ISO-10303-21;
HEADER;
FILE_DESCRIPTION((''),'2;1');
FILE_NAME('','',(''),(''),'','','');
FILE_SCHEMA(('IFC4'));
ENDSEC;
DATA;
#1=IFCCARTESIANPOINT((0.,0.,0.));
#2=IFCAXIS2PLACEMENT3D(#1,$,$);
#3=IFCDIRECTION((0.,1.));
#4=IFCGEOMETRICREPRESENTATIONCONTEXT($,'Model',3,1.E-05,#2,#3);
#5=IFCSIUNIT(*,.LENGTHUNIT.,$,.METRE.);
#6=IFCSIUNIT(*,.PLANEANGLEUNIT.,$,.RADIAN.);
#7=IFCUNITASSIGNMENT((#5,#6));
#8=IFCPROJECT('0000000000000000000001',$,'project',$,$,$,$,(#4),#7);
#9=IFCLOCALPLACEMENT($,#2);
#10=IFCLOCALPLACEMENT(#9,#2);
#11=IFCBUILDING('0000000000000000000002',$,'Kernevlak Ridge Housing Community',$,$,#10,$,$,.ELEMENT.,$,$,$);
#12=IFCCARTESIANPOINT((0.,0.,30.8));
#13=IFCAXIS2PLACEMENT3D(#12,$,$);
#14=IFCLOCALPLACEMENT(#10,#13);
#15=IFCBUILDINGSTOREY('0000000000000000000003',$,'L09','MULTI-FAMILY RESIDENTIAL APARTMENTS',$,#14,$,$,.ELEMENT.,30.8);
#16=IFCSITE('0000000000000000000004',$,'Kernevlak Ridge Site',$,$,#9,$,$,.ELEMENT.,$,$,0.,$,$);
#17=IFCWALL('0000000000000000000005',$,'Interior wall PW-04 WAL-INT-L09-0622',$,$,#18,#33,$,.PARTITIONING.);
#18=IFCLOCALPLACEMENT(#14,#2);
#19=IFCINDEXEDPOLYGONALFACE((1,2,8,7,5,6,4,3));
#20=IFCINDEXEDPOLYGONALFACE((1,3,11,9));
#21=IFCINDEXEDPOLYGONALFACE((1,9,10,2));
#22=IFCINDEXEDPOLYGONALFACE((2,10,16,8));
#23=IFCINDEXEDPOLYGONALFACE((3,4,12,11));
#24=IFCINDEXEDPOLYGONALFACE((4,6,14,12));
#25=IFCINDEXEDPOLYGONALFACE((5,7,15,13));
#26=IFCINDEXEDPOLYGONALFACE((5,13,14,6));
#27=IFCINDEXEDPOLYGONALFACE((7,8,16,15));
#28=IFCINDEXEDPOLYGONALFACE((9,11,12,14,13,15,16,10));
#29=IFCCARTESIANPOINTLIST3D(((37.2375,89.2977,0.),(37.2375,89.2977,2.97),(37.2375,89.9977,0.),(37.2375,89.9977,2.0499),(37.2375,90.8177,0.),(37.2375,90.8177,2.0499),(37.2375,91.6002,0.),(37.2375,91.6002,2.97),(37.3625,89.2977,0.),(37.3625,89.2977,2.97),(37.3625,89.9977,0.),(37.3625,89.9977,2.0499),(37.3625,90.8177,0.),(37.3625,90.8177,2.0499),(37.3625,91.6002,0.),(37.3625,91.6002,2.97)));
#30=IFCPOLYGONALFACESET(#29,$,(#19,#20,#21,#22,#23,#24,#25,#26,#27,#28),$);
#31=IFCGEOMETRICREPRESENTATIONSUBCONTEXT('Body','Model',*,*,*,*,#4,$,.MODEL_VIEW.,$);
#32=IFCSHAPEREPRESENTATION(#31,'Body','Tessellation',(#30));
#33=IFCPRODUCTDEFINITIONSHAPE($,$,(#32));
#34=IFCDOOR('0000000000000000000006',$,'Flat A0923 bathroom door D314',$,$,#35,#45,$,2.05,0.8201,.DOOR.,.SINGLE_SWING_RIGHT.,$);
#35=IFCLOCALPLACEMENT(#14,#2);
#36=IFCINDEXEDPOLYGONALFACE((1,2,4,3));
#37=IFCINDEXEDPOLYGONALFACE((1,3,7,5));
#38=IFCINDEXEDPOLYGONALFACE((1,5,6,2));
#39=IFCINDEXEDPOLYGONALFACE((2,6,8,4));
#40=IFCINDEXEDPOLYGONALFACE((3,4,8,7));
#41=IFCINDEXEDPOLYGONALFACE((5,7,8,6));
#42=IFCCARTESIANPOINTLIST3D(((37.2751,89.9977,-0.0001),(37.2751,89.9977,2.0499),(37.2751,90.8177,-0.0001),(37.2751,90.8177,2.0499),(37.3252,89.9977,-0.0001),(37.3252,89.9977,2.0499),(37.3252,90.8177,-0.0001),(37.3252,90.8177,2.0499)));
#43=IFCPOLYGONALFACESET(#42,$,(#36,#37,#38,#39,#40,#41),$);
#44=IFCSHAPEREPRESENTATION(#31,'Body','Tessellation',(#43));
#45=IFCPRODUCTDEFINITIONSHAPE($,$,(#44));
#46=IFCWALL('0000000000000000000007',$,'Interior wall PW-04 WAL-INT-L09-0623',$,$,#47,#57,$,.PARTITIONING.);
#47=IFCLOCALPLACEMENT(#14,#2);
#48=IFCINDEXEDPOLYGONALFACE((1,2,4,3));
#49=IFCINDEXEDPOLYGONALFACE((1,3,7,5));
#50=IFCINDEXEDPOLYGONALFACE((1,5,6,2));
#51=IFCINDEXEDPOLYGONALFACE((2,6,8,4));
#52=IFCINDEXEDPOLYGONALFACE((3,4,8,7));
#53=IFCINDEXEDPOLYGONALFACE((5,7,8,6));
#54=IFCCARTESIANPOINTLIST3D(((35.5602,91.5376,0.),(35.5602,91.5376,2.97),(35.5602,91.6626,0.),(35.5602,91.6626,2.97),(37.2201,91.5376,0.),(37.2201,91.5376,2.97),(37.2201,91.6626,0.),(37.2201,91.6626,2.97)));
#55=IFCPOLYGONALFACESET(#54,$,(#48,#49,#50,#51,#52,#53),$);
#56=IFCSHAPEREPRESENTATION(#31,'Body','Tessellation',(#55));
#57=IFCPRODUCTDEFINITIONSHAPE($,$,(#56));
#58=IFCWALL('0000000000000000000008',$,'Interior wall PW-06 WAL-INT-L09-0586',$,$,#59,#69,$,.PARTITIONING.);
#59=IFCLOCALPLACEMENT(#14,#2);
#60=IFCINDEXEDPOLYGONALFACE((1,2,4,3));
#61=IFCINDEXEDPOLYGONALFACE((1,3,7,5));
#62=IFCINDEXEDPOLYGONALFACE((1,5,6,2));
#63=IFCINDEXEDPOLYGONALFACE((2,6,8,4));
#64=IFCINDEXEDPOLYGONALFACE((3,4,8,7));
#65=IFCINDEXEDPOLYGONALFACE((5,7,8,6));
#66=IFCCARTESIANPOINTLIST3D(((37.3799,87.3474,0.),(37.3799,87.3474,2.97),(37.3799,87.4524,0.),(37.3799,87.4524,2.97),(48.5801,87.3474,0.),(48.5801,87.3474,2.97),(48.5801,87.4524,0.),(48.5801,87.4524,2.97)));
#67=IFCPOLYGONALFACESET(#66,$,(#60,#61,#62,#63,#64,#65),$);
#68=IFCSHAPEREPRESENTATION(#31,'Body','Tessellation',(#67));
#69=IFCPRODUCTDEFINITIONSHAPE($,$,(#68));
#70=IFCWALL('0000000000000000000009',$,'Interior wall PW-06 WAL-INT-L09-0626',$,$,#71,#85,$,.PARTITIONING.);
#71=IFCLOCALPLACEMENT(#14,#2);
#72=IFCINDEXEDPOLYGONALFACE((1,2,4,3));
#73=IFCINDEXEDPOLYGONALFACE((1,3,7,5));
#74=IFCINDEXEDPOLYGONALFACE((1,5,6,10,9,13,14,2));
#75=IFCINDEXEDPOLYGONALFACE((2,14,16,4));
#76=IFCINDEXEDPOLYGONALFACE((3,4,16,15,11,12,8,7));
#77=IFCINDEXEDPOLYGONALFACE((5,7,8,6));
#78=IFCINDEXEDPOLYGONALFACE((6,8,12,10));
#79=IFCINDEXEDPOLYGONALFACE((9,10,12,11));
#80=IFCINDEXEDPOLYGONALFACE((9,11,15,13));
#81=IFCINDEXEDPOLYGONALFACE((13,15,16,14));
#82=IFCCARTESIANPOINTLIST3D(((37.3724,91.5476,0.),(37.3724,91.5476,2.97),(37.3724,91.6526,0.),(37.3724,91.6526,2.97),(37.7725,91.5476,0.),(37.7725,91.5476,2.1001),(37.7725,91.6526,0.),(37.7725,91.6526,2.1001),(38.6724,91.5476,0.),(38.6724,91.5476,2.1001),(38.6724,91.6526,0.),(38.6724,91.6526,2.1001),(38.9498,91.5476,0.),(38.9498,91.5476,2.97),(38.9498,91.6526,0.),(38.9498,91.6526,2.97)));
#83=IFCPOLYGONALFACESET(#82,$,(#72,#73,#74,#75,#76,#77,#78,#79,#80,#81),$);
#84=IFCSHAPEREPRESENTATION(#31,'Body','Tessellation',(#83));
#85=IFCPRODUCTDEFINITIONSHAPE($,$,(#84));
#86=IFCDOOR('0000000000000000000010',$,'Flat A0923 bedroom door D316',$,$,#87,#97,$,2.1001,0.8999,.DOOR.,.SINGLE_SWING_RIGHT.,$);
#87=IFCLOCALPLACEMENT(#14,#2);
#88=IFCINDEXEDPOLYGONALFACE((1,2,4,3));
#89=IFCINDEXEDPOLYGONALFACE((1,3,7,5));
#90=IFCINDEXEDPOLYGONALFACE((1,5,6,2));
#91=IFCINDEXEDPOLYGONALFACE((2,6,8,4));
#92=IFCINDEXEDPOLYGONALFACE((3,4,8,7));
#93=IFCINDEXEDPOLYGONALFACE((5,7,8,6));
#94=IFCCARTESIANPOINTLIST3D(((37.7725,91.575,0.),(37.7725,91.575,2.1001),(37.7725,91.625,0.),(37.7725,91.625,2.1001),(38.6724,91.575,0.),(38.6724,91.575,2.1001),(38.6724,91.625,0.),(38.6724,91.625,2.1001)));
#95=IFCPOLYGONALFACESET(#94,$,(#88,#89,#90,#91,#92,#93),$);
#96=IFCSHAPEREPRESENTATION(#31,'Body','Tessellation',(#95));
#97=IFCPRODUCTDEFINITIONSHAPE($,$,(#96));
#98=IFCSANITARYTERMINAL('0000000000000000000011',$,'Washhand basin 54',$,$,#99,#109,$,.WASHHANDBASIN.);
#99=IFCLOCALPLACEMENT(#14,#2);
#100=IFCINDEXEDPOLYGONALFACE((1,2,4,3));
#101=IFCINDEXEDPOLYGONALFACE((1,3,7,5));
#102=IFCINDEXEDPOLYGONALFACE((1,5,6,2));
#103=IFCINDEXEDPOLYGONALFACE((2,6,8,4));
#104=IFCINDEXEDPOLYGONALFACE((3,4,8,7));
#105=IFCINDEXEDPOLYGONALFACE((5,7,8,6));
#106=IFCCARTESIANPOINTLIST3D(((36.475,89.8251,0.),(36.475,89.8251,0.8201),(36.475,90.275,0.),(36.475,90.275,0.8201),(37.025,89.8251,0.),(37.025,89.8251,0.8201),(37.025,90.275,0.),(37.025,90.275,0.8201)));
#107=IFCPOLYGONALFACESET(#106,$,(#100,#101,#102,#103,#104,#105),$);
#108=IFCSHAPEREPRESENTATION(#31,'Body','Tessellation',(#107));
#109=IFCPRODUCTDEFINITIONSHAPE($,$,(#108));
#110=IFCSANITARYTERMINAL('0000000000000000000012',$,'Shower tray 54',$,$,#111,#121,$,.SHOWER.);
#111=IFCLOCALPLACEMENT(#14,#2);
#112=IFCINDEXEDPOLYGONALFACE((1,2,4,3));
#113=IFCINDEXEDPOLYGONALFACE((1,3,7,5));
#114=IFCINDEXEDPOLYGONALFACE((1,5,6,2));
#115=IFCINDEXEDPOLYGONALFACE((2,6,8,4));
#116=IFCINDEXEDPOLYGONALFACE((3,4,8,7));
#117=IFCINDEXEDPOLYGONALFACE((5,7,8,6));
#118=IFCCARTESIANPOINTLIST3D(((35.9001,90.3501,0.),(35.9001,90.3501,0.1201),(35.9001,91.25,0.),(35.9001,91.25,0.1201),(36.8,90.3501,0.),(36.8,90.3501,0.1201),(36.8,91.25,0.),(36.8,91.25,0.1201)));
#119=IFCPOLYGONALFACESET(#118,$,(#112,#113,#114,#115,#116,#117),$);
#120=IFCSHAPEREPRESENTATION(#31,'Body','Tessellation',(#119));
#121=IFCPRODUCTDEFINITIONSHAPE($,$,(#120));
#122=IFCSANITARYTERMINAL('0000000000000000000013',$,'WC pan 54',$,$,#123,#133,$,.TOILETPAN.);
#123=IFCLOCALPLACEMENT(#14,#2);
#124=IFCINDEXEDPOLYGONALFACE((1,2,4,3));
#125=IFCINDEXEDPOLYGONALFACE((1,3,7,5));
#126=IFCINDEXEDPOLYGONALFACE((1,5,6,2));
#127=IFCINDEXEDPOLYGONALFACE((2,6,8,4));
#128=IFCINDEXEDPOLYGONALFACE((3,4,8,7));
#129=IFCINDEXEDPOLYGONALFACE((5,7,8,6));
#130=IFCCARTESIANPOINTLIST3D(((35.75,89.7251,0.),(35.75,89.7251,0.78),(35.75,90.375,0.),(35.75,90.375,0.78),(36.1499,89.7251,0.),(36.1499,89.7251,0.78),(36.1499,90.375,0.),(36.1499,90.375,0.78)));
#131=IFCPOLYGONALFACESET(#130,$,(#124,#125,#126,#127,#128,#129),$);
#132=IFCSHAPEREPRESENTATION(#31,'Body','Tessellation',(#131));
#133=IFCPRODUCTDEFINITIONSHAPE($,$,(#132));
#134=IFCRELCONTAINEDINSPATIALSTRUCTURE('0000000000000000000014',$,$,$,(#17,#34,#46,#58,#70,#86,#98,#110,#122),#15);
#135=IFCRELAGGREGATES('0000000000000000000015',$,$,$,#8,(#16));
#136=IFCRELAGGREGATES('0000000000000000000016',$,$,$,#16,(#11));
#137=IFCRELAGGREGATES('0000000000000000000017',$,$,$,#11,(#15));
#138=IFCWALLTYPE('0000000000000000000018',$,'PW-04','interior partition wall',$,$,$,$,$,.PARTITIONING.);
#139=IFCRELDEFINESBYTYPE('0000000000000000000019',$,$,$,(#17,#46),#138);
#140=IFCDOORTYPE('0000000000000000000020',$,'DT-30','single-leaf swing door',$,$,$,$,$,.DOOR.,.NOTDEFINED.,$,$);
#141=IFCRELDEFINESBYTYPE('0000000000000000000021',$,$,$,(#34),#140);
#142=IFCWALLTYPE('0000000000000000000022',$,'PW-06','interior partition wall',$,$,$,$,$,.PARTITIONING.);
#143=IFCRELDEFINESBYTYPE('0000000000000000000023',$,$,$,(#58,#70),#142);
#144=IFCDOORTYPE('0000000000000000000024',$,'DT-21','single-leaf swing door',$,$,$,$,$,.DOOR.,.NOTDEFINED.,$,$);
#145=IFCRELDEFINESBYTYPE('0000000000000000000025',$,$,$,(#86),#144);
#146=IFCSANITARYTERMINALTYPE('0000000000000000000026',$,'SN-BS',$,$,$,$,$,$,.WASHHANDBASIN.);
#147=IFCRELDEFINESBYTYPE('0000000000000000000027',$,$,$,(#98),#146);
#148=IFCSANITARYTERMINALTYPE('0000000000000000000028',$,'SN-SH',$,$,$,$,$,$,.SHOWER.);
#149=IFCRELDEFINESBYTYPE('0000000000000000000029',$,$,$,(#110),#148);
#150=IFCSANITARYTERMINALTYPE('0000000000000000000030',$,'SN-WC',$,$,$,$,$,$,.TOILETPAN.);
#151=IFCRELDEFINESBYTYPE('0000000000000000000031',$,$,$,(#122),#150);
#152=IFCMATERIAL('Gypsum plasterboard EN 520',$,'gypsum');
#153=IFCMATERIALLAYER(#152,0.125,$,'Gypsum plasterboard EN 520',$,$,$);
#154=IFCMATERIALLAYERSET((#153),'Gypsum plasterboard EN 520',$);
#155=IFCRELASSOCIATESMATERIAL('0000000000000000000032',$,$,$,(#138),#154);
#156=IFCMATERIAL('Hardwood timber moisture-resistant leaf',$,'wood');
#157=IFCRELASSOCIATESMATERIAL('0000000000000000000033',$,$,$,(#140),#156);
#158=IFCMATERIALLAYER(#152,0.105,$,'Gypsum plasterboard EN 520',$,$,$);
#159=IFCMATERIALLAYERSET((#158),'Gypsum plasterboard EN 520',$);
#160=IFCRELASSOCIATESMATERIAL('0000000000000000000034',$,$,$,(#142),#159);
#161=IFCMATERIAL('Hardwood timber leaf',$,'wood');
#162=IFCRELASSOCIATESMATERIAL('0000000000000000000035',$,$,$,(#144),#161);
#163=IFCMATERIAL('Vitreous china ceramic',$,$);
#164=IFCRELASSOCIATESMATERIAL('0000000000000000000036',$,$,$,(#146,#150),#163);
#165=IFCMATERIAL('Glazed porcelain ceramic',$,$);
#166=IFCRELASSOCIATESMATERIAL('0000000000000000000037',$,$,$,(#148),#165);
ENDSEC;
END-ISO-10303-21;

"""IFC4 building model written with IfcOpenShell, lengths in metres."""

from ifc_helpers import new_model, si_unit, direction, frame, frame_2d, origin, origin_2d, place, context, subcontext, project, spatial, rectangle, extrude, material, layer, layer_set, type_object, element, fill, save


model = new_model("IFC4")

# Units and contexts
model_context = context("Model", 3, precision=1e-05, world=origin(), true_north=direction((0.0, 1.0)))
body_context = subcontext(model_context, "Body", "Model", "MODEL_VIEW")
ifc_project = project(units=[si_unit("LENGTHUNIT", "METRE"), si_unit("PLANEANGLEUNIT", "RADIAN")], contexts=[model_context])

# Site, building, storey
site_placement = place(None, origin())
site = spatial("IfcSite", under=ifc_project, at=site_placement, Name="Kernevlak Ridge Site", CompositionType="ELEMENT", RefElevation=0.0)
building_placement = place(site_placement, origin())
building = spatial("IfcBuilding", under=site, at=building_placement, Name="Kernevlak Ridge Housing Community", CompositionType="ELEMENT")
storey_placement = place(building_placement, frame((0.0, 0.0, 30.8)))
storey = spatial("IfcBuildingStorey", under=building, at=storey_placement, Name="L09", Description="MULTI-FAMILY RESIDENTIAL APARTMENTS", CompositionType="ELEMENT", Elevation=30.8)

# Shared definitions
ifc_material_1 = material(Name="Hardwood timber leaf", Category="wood")

# Wall, opening, door
ifc_material_2 = material(Name="Gypsum plasterboard EN 520", Category="gypsum")
ifc_layer_1 = layer(ifc_material_2, 0.125, Name="Gypsum plasterboard EN 520")
ifc_layer_set_1 = layer_set([ifc_layer_1], Name="Gypsum plasterboard EN 520")
wall_type_1 = type_object("IfcWallType", Name="PW-04", Description="interior partition wall", PredefinedType="PARTITIONING", material=ifc_layer_set_1)
wall_1_placement = place(storey_placement, frame((37.3, 89.2976, 0.0), z_axis=(0.0, 0.0, 1.0), x_axis=(0.0, 1.0, 0.0)))
wall_1 = element("IfcWall", 1, at=wall_1_placement, inside=storey, type_object=wall_type_1, Name="Interior wall PW-04 WAL-INT-L09-0622", PredefinedType="PARTITIONING", context=body_context, shape_type="SweptSolid", body=[
    extrude(rectangle(XDim=2.3025, YDim=0.125, at=frame_2d((1.1514, 0.0))), origin(), (0.0, 0.0, 1.0), 2.97),
])
opening_1_placement = place(wall_1_placement, frame((0.7, 0.0, 0.0)))
opening_1 = element("IfcOpeningElement", 2, at=opening_1_placement, cuts=wall_1, PredefinedType="OPENING", context=body_context, shape_type="SweptSolid", body=[
    extrude(rectangle(XDim=0.8201, YDim=2.05, at=frame_2d((0.4102, 1.0249))), frame((0.0, 0.0725, 0.0), z_axis=(0.0, -1.0, 0.0), x_axis=(1.0, 0.0, 0.0)), (0.0, 0.0, 1.0), 0.145),
])
ifc_material_3 = material(Name="Hardwood timber moisture-resistant leaf", Category="wood")
door_type_1 = type_object("IfcDoorType", Name="DT-30", Description="single-leaf swing door", OperationType="NOTDEFINED", PredefinedType="DOOR", material=ifc_material_3)
door_1_placement = place(opening_1_placement, origin())
door_1 = element("IfcDoor", 3, at=door_1_placement, inside=storey, type_object=door_type_1, Name="Flat A0923 bathroom door D314", OperationType="SINGLE_SWING_RIGHT", OverallHeight=2.05, OverallWidth=0.8201, PredefinedType="DOOR", context=body_context, shape_type="SweptSolid", body=[
    extrude(rectangle(XDim=0.8201, YDim=2.05, at=frame_2d((0.4102, 1.0249))), frame((0.0, 0.0249, 0.0), z_axis=(0.0, -1.0, 0.0), x_axis=(1.0, 0.0, 0.0)), (0.0, 0.0, 1.0), 0.05),
])
fill(opening_1, door_1)

# Walls
wall_2_placement = place(storey_placement, frame((35.5601, 91.6001, 0.0), z_axis=(0.0, 0.0, 1.0), x_axis=(1.0, 0.0, 0.0)))
element("IfcWall", 4, at=wall_2_placement, inside=storey, type_object=wall_type_1, Name="Interior wall PW-04 WAL-INT-L09-0623", PredefinedType="PARTITIONING", context=body_context, shape_type="SweptSolid", body=[
    extrude(rectangle(XDim=1.6599, YDim=0.125, at=frame_2d((0.8301, 0.0))), origin(), (0.0, 0.0, 1.0), 2.97),
])
ifc_layer_2 = layer(ifc_material_2, 0.105, Name="Gypsum plasterboard EN 520")
ifc_layer_set_2 = layer_set([ifc_layer_2], Name="Gypsum plasterboard EN 520")
wall_type_2 = type_object("IfcWallType", Name="PW-06", Description="interior partition wall", PredefinedType="PARTITIONING", material=ifc_layer_set_2)
wall_3_placement = place(storey_placement, frame((37.3799, 87.3999, 0.0), z_axis=(0.0, 0.0, 1.0), x_axis=(1.0, 0.0, 0.0)))
element("IfcWall", 5, at=wall_3_placement, inside=storey, type_object=wall_type_2, Name="Interior wall PW-06 WAL-INT-L09-0586", PredefinedType="PARTITIONING", context=body_context, shape_type="SweptSolid", body=[
    extrude(rectangle(XDim=11.2002, YDim=0.105, at=frame_2d((5.6001, 0.0))), origin(), (0.0, 0.0, 1.0), 2.97),
])

# Wall, opening, door
wall_4_placement = place(storey_placement, frame((37.3726, 91.6001, 0.0), z_axis=(0.0, 0.0, 1.0), x_axis=(1.0, 0.0, 0.0)))
wall_4 = element("IfcWall", 6, at=wall_4_placement, inside=storey, type_object=wall_type_2, Name="Interior wall PW-06 WAL-INT-L09-0626", PredefinedType="PARTITIONING", context=body_context, shape_type="SweptSolid", body=[
    extrude(rectangle(XDim=1.5774, YDim=0.105, at=frame_2d((0.7886, 0.0))), origin(), (0.0, 0.0, 1.0), 2.97),
])
opening_2_placement = place(wall_4_placement, frame((0.3999, 0.0, 0.0)))
opening_2 = element("IfcOpeningElement", 7, at=opening_2_placement, cuts=wall_4, PredefinedType="OPENING", context=body_context, shape_type="SweptSolid", body=[
    extrude(rectangle(XDim=0.8999, YDim=2.1001, at=frame_2d((0.45, 1.05))), frame((0.0, 0.0625, 0.0), z_axis=(0.0, -1.0, 0.0), x_axis=(1.0, 0.0, 0.0)), (0.0, 0.0, 1.0), 0.125),
])
door_type_2 = type_object("IfcDoorType", Name="DT-21", Description="single-leaf swing door", OperationType="NOTDEFINED", PredefinedType="DOOR", material=ifc_material_1)
door_2_placement = place(opening_2_placement, origin())
door_2 = element("IfcDoor", 8, at=door_2_placement, inside=storey, type_object=door_type_2, Name="Flat A0923 bedroom door D316", OperationType="SINGLE_SWING_RIGHT", OverallHeight=2.1001, OverallWidth=0.8999, PredefinedType="DOOR", context=body_context, shape_type="SweptSolid", body=[
    extrude(rectangle(XDim=0.8999, YDim=2.1001, at=frame_2d((0.45, 1.05))), frame((0.0, 0.0249, 0.0), z_axis=(0.0, -1.0, 0.0), x_axis=(1.0, 0.0, 0.0)), (0.0, 0.0, 1.0), 0.05),
])
fill(opening_2, door_2)

# Sanitary terminals
ifc_material_4 = material(Name="Vitreous china ceramic")
sanitary_terminal_type_1 = type_object("IfcSanitaryTerminalType", Name="SN-BS", PredefinedType="WASHHANDBASIN", material=ifc_material_4)
sanitary_terminal_1_placement = place(storey_placement, frame((36.75, 90.05, 0.0), z_axis=(0.0, 0.0, 1.0), x_axis=(1.0, 0.0, 0.0)))
element("IfcSanitaryTerminal", 9, at=sanitary_terminal_1_placement, inside=storey, type_object=sanitary_terminal_type_1, Name="Washhand basin 54", PredefinedType="WASHHANDBASIN", context=body_context, shape_type="SweptSolid", body=[
    extrude(rectangle(XDim=0.55, YDim=0.45, at=origin_2d()), origin(), (0.0, 0.0, 1.0), 0.8201),
])
ifc_material_5 = material(Name="Glazed porcelain ceramic")
sanitary_terminal_type_2 = type_object("IfcSanitaryTerminalType", Name="SN-SH", PredefinedType="SHOWER", material=ifc_material_5)
sanitary_terminal_2_placement = place(storey_placement, frame((36.3501, 90.8, 0.0), z_axis=(0.0, 0.0, 1.0), x_axis=(1.0, 0.0, 0.0)))
element("IfcSanitaryTerminal", 10, at=sanitary_terminal_2_placement, inside=storey, type_object=sanitary_terminal_type_2, Name="Shower tray 54", PredefinedType="SHOWER", context=body_context, shape_type="SweptSolid", body=[
    extrude(rectangle(XDim=0.8999, YDim=0.8999, at=origin_2d()), origin(), (0.0, 0.0, 1.0), 0.1201),
])
sanitary_terminal_type_3 = type_object("IfcSanitaryTerminalType", Name="SN-WC", PredefinedType="TOILETPAN", material=ifc_material_4)
sanitary_terminal_3_placement = place(storey_placement, frame((35.95, 90.05, 0.0), z_axis=(0.0, 0.0, 1.0), x_axis=(1.0, 0.0, 0.0)))
element("IfcSanitaryTerminal", 11, at=sanitary_terminal_3_placement, inside=storey, type_object=sanitary_terminal_type_3, Name="WC pan 54", PredefinedType="TOILETPAN", context=body_context, shape_type="SweptSolid", body=[
    extrude(rectangle(XDim=0.3999, YDim=0.6499, at=origin_2d()), origin(), (0.0, 0.0, 1.0), 0.78),
])

save(model, "model.ifc")
